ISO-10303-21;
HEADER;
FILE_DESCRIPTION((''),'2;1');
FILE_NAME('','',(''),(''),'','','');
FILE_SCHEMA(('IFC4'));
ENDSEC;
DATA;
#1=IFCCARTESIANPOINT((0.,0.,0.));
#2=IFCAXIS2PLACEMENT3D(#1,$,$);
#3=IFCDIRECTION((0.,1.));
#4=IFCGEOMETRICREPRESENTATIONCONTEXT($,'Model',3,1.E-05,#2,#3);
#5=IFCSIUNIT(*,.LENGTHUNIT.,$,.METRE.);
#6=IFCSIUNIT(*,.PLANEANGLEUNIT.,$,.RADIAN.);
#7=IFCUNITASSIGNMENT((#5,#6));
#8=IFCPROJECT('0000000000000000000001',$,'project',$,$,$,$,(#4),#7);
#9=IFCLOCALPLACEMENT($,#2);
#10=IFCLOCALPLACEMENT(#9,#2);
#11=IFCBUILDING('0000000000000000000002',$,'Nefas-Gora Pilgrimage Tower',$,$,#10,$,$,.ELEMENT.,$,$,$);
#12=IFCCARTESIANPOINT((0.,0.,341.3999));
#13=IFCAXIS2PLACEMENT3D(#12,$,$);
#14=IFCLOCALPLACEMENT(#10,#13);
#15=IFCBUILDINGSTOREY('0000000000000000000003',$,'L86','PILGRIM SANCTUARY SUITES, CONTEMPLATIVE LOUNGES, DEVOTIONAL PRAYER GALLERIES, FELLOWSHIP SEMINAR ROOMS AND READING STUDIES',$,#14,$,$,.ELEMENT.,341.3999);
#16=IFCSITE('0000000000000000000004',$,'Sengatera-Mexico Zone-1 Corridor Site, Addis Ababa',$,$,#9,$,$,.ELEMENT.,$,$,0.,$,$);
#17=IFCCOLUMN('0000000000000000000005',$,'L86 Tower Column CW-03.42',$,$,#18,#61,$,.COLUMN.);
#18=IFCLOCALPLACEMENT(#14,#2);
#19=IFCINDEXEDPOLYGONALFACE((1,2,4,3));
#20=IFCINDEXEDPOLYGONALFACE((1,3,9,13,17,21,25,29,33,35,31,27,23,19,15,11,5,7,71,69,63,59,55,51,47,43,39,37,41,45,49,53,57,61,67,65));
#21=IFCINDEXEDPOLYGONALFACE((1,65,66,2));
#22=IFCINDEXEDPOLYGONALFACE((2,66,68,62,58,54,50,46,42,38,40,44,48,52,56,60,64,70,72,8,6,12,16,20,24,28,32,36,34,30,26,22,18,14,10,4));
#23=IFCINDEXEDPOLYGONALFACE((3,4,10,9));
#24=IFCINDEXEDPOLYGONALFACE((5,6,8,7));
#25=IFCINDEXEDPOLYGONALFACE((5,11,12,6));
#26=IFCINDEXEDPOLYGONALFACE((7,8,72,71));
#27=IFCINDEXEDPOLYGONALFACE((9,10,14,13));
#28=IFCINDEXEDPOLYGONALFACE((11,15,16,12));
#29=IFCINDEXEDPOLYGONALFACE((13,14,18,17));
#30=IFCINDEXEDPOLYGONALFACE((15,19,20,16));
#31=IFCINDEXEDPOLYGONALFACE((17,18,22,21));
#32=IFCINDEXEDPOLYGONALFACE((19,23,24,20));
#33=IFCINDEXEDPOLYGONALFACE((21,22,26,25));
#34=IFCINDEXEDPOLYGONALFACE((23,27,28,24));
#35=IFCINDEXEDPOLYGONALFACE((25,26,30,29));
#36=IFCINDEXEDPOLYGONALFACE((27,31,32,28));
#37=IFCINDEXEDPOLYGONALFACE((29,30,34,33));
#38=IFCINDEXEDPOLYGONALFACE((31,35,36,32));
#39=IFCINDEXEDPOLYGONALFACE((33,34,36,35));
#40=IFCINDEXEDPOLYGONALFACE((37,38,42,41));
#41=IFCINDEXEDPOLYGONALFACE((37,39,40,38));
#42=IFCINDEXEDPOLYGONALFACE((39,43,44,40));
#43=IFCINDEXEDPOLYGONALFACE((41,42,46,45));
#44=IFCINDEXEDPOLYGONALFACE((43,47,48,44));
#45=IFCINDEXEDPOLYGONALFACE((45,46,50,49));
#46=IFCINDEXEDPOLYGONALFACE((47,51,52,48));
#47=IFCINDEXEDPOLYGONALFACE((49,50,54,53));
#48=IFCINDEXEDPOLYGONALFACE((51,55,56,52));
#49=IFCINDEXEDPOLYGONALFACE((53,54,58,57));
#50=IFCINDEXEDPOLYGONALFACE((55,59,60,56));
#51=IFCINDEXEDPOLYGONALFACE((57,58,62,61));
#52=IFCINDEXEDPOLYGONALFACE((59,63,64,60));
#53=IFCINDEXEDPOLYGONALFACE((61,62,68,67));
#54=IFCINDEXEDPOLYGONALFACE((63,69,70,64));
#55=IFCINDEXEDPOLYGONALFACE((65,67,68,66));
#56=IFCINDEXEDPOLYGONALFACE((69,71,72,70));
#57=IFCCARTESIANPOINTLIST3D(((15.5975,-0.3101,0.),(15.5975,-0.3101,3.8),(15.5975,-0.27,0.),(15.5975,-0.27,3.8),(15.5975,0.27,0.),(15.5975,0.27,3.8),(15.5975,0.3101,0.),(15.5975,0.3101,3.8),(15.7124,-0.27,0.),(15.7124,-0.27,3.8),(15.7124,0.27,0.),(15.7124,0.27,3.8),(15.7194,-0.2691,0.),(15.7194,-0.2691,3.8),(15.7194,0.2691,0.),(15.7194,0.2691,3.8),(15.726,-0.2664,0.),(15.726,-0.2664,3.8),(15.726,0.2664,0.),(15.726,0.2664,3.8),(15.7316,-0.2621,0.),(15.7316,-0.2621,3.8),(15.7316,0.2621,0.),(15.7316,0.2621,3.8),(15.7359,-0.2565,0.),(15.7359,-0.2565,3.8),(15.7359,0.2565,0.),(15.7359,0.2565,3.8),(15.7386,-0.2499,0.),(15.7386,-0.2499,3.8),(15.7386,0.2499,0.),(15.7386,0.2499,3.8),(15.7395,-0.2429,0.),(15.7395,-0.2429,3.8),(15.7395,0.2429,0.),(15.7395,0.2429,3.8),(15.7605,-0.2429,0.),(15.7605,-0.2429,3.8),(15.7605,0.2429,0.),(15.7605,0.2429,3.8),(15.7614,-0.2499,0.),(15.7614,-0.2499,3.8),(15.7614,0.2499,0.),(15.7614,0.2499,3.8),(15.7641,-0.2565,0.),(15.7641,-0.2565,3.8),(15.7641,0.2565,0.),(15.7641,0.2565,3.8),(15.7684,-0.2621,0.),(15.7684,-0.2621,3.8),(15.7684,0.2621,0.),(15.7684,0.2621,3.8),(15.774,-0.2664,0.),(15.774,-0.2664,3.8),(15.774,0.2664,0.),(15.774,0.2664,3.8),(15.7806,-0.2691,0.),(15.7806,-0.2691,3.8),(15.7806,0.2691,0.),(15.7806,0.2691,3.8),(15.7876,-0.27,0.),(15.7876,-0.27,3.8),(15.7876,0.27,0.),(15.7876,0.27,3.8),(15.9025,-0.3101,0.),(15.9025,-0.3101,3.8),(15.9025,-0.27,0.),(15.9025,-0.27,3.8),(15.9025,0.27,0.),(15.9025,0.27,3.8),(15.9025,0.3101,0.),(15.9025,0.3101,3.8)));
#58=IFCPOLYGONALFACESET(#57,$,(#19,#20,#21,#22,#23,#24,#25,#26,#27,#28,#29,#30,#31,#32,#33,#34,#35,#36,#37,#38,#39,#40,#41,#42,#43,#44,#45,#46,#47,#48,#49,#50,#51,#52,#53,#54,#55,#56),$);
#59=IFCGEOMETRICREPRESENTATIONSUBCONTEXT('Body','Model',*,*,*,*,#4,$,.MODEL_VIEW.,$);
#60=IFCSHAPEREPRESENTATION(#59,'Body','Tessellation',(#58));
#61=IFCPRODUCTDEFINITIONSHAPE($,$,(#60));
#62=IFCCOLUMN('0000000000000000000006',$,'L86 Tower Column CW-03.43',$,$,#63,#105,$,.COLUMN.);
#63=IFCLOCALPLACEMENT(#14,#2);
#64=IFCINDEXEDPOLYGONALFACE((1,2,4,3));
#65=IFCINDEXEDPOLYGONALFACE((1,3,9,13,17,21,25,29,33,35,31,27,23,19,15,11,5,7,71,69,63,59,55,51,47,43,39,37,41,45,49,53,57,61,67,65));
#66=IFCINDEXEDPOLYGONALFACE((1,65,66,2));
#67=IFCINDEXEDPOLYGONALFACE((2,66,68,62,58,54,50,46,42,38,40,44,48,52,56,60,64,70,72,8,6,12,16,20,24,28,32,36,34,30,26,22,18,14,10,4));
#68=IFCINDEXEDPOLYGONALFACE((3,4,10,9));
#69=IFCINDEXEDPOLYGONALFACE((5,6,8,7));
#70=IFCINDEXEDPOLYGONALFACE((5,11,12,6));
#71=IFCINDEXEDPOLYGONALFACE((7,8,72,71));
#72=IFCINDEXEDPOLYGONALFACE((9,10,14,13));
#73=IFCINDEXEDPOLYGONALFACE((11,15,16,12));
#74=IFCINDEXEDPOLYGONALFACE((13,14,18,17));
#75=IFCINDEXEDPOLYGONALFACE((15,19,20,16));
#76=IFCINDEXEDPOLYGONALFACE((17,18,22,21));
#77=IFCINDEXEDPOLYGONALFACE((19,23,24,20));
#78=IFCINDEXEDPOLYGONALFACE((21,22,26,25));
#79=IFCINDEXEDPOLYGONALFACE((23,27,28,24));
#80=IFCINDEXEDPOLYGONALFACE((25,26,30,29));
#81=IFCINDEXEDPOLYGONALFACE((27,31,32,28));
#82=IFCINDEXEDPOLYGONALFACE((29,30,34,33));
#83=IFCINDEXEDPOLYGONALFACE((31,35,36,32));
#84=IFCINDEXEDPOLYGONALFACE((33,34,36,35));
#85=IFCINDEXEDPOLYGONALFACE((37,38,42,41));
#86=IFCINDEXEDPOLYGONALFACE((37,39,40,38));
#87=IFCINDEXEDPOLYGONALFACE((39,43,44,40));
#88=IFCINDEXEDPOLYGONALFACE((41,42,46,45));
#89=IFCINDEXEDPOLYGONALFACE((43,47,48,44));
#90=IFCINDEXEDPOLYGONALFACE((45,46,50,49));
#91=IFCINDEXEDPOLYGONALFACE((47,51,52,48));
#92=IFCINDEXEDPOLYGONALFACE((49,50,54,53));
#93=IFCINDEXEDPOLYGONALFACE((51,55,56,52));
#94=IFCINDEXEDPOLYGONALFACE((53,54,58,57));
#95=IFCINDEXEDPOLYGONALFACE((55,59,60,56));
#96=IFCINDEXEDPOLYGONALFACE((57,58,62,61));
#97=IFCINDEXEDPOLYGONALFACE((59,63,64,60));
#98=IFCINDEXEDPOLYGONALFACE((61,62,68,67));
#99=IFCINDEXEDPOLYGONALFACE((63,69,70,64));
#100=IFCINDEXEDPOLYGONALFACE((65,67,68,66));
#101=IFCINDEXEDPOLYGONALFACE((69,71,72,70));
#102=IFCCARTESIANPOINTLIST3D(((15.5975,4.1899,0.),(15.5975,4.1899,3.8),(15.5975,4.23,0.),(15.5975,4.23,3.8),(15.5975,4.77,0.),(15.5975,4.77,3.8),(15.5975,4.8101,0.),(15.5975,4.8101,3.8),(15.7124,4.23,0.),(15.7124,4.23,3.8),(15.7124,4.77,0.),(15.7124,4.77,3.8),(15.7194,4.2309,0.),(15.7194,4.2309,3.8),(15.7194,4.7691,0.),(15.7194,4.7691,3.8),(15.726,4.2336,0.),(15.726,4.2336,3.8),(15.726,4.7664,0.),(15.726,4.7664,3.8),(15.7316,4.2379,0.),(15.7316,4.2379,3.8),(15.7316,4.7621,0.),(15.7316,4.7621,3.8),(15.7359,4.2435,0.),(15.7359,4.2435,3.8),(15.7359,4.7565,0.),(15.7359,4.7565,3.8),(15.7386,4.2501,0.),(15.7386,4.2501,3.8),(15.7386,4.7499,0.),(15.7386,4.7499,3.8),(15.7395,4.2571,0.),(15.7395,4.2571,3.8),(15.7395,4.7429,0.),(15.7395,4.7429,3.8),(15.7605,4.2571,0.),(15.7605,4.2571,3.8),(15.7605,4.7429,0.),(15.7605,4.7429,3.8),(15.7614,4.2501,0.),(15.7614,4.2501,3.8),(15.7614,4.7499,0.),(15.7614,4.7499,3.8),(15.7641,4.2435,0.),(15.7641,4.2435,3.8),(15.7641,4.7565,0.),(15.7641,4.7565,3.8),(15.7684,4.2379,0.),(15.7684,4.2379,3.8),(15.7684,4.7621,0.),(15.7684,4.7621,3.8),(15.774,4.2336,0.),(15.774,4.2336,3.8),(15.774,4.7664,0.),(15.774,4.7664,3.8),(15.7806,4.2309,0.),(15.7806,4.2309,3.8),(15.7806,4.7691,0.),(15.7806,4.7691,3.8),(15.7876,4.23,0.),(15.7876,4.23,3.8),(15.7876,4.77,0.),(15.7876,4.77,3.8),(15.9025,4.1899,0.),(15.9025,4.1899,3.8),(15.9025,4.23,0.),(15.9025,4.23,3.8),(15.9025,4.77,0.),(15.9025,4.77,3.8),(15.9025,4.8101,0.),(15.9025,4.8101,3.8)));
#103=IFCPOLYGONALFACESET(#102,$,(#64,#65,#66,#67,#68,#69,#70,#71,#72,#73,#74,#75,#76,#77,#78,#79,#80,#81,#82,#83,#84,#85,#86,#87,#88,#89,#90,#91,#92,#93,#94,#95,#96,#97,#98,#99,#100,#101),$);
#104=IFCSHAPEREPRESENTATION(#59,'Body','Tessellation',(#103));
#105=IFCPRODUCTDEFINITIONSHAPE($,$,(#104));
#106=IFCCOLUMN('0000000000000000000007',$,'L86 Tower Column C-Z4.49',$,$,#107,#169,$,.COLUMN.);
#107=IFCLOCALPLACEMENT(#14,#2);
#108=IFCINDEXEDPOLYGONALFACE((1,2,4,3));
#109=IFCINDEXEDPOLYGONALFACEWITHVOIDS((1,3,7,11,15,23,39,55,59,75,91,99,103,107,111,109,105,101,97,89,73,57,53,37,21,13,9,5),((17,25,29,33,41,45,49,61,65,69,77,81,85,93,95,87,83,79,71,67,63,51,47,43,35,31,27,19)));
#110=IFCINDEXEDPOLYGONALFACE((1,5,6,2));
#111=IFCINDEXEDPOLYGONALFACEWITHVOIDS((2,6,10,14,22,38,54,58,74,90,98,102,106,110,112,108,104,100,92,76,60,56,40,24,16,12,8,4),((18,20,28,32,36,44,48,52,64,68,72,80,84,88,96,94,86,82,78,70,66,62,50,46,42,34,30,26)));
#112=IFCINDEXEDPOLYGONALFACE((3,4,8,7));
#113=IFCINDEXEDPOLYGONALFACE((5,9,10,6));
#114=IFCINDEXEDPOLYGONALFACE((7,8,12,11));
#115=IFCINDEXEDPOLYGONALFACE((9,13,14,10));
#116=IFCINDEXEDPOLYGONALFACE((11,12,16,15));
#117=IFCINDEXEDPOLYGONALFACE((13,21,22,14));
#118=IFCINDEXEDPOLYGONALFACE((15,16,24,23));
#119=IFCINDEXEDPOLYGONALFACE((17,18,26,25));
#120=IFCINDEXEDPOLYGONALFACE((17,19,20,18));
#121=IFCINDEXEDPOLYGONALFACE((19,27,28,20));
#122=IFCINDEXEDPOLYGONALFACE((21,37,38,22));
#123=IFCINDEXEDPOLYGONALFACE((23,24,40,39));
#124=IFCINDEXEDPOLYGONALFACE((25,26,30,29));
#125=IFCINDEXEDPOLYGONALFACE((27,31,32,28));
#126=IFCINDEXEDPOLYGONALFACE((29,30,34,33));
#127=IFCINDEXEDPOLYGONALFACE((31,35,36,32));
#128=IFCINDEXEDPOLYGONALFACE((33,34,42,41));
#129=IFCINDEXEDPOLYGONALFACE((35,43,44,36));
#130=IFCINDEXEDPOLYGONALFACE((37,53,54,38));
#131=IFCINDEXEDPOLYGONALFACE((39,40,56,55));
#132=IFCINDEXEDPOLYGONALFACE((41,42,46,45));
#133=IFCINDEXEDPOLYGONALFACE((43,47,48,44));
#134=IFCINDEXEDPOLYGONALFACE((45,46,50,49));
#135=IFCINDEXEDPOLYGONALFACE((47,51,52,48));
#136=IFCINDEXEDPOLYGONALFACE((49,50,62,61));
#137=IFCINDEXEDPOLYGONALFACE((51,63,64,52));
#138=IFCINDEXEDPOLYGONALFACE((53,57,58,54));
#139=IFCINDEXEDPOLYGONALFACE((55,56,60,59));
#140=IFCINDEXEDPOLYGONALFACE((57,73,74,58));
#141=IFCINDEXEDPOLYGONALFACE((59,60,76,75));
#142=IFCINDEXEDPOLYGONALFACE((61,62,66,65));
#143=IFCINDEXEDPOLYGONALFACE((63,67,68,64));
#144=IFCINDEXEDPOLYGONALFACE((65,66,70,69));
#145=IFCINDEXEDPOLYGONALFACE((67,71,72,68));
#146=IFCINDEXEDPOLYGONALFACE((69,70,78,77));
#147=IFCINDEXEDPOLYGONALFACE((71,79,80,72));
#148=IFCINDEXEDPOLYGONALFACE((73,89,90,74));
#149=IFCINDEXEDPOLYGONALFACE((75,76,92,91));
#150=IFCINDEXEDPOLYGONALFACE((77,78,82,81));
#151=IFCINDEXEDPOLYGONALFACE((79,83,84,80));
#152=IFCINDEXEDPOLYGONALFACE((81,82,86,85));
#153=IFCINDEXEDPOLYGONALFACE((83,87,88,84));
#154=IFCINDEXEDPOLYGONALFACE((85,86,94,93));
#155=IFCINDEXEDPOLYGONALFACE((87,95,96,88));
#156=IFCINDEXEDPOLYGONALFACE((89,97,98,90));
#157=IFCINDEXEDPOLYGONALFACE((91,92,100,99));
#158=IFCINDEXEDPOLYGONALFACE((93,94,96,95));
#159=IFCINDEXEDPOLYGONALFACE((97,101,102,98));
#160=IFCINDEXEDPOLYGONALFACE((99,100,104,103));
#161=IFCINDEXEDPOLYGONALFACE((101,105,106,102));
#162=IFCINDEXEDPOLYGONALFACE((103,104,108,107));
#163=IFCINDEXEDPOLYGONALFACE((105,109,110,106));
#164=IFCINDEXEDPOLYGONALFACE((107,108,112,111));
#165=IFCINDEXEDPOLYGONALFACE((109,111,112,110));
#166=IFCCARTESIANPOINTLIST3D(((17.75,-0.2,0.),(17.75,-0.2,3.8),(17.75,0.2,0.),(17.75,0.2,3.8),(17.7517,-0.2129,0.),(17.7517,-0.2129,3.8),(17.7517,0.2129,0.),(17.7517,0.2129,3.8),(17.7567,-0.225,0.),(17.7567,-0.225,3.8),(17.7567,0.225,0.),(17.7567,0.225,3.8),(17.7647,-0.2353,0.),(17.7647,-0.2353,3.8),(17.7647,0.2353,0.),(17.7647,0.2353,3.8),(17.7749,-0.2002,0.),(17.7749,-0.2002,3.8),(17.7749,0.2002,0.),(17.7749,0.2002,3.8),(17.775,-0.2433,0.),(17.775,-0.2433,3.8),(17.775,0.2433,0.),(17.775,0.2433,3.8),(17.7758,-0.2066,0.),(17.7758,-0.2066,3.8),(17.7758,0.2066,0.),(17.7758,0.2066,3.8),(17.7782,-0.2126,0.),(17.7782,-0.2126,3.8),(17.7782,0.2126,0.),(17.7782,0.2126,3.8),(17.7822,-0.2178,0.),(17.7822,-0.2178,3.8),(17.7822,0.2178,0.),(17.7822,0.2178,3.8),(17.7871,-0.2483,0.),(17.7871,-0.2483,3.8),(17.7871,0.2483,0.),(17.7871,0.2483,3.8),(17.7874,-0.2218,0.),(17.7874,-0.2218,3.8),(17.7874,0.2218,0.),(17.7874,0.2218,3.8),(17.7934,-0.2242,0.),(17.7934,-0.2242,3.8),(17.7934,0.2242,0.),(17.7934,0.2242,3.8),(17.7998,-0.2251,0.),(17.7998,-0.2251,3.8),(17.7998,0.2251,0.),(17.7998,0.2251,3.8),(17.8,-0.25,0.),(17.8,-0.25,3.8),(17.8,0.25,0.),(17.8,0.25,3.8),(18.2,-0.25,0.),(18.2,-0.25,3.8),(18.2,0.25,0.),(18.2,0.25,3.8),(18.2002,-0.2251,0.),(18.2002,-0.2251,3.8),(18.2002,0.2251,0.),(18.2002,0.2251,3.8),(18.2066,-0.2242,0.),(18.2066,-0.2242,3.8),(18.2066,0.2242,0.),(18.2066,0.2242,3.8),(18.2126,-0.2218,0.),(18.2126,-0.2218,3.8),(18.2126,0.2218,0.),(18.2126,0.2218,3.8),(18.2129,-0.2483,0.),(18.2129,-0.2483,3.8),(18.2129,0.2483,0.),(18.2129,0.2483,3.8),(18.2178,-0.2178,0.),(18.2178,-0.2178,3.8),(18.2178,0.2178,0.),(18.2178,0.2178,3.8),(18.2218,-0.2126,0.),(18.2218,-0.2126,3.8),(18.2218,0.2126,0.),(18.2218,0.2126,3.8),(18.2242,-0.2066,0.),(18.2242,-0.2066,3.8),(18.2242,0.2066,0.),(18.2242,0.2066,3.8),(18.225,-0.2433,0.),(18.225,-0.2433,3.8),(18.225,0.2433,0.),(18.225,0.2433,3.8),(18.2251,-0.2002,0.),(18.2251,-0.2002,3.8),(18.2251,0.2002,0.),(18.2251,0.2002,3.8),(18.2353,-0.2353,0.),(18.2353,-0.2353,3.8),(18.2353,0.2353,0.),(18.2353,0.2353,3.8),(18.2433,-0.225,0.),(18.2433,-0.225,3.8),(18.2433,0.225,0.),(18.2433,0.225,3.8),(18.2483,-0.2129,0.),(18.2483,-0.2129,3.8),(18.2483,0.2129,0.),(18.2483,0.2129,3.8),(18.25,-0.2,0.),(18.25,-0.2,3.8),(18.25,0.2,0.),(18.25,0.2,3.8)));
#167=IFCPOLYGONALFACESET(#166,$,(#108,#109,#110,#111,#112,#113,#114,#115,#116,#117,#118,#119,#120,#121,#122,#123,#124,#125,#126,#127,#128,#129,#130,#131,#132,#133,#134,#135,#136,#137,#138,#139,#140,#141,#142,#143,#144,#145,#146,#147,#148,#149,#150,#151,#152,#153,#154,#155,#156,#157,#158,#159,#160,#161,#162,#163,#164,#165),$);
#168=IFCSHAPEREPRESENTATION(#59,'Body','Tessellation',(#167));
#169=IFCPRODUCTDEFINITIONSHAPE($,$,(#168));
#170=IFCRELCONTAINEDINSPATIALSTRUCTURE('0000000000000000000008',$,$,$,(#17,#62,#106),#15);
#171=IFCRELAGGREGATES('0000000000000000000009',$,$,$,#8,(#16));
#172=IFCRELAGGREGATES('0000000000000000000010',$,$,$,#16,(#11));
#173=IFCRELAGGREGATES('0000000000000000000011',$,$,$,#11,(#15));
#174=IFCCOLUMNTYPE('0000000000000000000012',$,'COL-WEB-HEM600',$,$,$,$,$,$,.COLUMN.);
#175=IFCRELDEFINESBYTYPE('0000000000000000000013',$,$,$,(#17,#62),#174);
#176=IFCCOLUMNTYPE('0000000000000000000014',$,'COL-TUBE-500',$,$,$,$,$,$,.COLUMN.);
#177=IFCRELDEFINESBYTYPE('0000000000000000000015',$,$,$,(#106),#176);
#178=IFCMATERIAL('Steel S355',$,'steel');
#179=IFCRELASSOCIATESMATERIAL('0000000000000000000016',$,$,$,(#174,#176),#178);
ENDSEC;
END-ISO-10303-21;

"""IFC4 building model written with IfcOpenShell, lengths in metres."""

from ifc_helpers import new_model, si_unit, direction, frame, origin, origin_2d, place, context, subcontext, project, spatial, hollow_rectangle, i_section, extrude, source, transform, mapped, material, material_profile, profile_set, type_object, element, save


model = new_model("IFC4")

# Units and contexts
model_context = context("Model", 3, precision=1e-05, world=origin(), true_north=direction((0.0, 1.0)))
body_context = subcontext(model_context, "Body", "Model", "MODEL_VIEW")
ifc_project = project(units=[si_unit("LENGTHUNIT", "METRE"), si_unit("PLANEANGLEUNIT", "RADIAN")], contexts=[model_context])

# Site, building, storey
site_placement = place(None, origin())
site = spatial("IfcSite", under=ifc_project, at=site_placement, Name="Sengatera-Mexico Zone-1 Corridor Site, Addis Ababa", CompositionType="ELEMENT", RefElevation=0.0)
building_placement = place(site_placement, origin())
building = spatial("IfcBuilding", under=site, at=building_placement, Name="Nefas-Gora Pilgrimage Tower", CompositionType="ELEMENT")
storey_placement = place(building_placement, frame((0.0, 0.0, 341.3999)))
storey = spatial("IfcBuildingStorey", under=building, at=storey_placement, Name="L86", Description="PILGRIM SANCTUARY SUITES, CONTEMPLATIVE LOUNGES, DEVOTIONAL PRAYER GALLERIES, FELLOWSHIP SEMINAR ROOMS AND READING STUDIES", CompositionType="ELEMENT", Elevation=341.3999)

# Columns
ifc_material_1 = material(Name="Steel S355", Category="steel")
ifc_material_profile_1 = material_profile(ifc_material_1, i_section(OverallWidth=0.3049, OverallDepth=0.6201, WebThickness=0.021, FlangeThickness=0.04, FilletRadius=0.0271, at=origin_2d()), Name="HEM 600")
ifc_profile_set_1 = profile_set([ifc_material_profile_1], Name="Steel S355")
column_type_1 = type_object("IfcColumnType", Name="COL-WEB-HEM600", PredefinedType="COLUMN", material=ifc_profile_set_1)
shared_shape_1 = source(origin(), body_context, "Body", "SweptSolid", [
    extrude(i_section(OverallWidth=0.3049, OverallDepth=0.6201, WebThickness=0.021, FlangeThickness=0.04, FilletRadius=0.0271, at=origin_2d()), origin(), (0.0, 0.0, 1.0), 3.8),
])
for number, where, z_axis, x_axis, name in (
    (1, (15.75, 0.0, 0.0), (0.0, 0.0, 1.0), (1.0, 0.0, 0.0), "L86 Tower Column CW-03.42"),
    (2, (15.75, 4.5, 0.0), (0.0, 0.0, 1.0), (1.0, 0.0, 0.0), "L86 Tower Column CW-03.43"),
):
    element("IfcColumn", number, at=place(storey_placement, frame(where, z_axis=z_axis, x_axis=x_axis)), inside=storey, type_object=column_type_1, Name=name, PredefinedType="COLUMN", context=body_context, shape_type="MappedRepresentation", body=[
        mapped(shared_shape_1, transform((0.0, 0.0, 0.0), x_axis=(1.0, 0.0, 0.0), y_axis=(0.0, 1.0, 0.0), z_axis=(0.0, 0.0, 1.0), scale=1.0)),
    ])
ifc_material_profile_2 = material_profile(ifc_material_1, hollow_rectangle(XDim=0.5, YDim=0.5, WallThickness=0.0249, InnerFilletRadius=0.0249, OuterFilletRadius=0.05, at=origin_2d()), Name="SHS 500x500x25")
ifc_profile_set_2 = profile_set([ifc_material_profile_2], Name="Steel S355")
column_type_2 = type_object("IfcColumnType", Name="COL-TUBE-500", PredefinedType="COLUMN", material=ifc_profile_set_2)
shared_shape_2 = source(origin(), body_context, "Body", "SweptSolid", [
    extrude(hollow_rectangle(XDim=0.5, YDim=0.5, WallThickness=0.0249, InnerFilletRadius=0.0249, OuterFilletRadius=0.05, at=origin_2d()), origin(), (0.0, 0.0, 1.0), 3.8),
])
for number, where, z_axis, x_axis, name in (
    (3, (18.0, 0.0, 0.0), (0.0, 0.0, 1.0), (1.0, 0.0, 0.0), "L86 Tower Column C-Z4.49"),
):
    element("IfcColumn", number, at=place(storey_placement, frame(where, z_axis=z_axis, x_axis=x_axis)), inside=storey, type_object=column_type_2, Name=name, PredefinedType="COLUMN", context=body_context, shape_type="MappedRepresentation", body=[
        mapped(shared_shape_2, transform((0.0, 0.0, 0.0), x_axis=(1.0, 0.0, 0.0), y_axis=(0.0, 1.0, 0.0), z_axis=(0.0, 0.0, 1.0), scale=1.0)),
    ])

save(model, "model.ifc")
